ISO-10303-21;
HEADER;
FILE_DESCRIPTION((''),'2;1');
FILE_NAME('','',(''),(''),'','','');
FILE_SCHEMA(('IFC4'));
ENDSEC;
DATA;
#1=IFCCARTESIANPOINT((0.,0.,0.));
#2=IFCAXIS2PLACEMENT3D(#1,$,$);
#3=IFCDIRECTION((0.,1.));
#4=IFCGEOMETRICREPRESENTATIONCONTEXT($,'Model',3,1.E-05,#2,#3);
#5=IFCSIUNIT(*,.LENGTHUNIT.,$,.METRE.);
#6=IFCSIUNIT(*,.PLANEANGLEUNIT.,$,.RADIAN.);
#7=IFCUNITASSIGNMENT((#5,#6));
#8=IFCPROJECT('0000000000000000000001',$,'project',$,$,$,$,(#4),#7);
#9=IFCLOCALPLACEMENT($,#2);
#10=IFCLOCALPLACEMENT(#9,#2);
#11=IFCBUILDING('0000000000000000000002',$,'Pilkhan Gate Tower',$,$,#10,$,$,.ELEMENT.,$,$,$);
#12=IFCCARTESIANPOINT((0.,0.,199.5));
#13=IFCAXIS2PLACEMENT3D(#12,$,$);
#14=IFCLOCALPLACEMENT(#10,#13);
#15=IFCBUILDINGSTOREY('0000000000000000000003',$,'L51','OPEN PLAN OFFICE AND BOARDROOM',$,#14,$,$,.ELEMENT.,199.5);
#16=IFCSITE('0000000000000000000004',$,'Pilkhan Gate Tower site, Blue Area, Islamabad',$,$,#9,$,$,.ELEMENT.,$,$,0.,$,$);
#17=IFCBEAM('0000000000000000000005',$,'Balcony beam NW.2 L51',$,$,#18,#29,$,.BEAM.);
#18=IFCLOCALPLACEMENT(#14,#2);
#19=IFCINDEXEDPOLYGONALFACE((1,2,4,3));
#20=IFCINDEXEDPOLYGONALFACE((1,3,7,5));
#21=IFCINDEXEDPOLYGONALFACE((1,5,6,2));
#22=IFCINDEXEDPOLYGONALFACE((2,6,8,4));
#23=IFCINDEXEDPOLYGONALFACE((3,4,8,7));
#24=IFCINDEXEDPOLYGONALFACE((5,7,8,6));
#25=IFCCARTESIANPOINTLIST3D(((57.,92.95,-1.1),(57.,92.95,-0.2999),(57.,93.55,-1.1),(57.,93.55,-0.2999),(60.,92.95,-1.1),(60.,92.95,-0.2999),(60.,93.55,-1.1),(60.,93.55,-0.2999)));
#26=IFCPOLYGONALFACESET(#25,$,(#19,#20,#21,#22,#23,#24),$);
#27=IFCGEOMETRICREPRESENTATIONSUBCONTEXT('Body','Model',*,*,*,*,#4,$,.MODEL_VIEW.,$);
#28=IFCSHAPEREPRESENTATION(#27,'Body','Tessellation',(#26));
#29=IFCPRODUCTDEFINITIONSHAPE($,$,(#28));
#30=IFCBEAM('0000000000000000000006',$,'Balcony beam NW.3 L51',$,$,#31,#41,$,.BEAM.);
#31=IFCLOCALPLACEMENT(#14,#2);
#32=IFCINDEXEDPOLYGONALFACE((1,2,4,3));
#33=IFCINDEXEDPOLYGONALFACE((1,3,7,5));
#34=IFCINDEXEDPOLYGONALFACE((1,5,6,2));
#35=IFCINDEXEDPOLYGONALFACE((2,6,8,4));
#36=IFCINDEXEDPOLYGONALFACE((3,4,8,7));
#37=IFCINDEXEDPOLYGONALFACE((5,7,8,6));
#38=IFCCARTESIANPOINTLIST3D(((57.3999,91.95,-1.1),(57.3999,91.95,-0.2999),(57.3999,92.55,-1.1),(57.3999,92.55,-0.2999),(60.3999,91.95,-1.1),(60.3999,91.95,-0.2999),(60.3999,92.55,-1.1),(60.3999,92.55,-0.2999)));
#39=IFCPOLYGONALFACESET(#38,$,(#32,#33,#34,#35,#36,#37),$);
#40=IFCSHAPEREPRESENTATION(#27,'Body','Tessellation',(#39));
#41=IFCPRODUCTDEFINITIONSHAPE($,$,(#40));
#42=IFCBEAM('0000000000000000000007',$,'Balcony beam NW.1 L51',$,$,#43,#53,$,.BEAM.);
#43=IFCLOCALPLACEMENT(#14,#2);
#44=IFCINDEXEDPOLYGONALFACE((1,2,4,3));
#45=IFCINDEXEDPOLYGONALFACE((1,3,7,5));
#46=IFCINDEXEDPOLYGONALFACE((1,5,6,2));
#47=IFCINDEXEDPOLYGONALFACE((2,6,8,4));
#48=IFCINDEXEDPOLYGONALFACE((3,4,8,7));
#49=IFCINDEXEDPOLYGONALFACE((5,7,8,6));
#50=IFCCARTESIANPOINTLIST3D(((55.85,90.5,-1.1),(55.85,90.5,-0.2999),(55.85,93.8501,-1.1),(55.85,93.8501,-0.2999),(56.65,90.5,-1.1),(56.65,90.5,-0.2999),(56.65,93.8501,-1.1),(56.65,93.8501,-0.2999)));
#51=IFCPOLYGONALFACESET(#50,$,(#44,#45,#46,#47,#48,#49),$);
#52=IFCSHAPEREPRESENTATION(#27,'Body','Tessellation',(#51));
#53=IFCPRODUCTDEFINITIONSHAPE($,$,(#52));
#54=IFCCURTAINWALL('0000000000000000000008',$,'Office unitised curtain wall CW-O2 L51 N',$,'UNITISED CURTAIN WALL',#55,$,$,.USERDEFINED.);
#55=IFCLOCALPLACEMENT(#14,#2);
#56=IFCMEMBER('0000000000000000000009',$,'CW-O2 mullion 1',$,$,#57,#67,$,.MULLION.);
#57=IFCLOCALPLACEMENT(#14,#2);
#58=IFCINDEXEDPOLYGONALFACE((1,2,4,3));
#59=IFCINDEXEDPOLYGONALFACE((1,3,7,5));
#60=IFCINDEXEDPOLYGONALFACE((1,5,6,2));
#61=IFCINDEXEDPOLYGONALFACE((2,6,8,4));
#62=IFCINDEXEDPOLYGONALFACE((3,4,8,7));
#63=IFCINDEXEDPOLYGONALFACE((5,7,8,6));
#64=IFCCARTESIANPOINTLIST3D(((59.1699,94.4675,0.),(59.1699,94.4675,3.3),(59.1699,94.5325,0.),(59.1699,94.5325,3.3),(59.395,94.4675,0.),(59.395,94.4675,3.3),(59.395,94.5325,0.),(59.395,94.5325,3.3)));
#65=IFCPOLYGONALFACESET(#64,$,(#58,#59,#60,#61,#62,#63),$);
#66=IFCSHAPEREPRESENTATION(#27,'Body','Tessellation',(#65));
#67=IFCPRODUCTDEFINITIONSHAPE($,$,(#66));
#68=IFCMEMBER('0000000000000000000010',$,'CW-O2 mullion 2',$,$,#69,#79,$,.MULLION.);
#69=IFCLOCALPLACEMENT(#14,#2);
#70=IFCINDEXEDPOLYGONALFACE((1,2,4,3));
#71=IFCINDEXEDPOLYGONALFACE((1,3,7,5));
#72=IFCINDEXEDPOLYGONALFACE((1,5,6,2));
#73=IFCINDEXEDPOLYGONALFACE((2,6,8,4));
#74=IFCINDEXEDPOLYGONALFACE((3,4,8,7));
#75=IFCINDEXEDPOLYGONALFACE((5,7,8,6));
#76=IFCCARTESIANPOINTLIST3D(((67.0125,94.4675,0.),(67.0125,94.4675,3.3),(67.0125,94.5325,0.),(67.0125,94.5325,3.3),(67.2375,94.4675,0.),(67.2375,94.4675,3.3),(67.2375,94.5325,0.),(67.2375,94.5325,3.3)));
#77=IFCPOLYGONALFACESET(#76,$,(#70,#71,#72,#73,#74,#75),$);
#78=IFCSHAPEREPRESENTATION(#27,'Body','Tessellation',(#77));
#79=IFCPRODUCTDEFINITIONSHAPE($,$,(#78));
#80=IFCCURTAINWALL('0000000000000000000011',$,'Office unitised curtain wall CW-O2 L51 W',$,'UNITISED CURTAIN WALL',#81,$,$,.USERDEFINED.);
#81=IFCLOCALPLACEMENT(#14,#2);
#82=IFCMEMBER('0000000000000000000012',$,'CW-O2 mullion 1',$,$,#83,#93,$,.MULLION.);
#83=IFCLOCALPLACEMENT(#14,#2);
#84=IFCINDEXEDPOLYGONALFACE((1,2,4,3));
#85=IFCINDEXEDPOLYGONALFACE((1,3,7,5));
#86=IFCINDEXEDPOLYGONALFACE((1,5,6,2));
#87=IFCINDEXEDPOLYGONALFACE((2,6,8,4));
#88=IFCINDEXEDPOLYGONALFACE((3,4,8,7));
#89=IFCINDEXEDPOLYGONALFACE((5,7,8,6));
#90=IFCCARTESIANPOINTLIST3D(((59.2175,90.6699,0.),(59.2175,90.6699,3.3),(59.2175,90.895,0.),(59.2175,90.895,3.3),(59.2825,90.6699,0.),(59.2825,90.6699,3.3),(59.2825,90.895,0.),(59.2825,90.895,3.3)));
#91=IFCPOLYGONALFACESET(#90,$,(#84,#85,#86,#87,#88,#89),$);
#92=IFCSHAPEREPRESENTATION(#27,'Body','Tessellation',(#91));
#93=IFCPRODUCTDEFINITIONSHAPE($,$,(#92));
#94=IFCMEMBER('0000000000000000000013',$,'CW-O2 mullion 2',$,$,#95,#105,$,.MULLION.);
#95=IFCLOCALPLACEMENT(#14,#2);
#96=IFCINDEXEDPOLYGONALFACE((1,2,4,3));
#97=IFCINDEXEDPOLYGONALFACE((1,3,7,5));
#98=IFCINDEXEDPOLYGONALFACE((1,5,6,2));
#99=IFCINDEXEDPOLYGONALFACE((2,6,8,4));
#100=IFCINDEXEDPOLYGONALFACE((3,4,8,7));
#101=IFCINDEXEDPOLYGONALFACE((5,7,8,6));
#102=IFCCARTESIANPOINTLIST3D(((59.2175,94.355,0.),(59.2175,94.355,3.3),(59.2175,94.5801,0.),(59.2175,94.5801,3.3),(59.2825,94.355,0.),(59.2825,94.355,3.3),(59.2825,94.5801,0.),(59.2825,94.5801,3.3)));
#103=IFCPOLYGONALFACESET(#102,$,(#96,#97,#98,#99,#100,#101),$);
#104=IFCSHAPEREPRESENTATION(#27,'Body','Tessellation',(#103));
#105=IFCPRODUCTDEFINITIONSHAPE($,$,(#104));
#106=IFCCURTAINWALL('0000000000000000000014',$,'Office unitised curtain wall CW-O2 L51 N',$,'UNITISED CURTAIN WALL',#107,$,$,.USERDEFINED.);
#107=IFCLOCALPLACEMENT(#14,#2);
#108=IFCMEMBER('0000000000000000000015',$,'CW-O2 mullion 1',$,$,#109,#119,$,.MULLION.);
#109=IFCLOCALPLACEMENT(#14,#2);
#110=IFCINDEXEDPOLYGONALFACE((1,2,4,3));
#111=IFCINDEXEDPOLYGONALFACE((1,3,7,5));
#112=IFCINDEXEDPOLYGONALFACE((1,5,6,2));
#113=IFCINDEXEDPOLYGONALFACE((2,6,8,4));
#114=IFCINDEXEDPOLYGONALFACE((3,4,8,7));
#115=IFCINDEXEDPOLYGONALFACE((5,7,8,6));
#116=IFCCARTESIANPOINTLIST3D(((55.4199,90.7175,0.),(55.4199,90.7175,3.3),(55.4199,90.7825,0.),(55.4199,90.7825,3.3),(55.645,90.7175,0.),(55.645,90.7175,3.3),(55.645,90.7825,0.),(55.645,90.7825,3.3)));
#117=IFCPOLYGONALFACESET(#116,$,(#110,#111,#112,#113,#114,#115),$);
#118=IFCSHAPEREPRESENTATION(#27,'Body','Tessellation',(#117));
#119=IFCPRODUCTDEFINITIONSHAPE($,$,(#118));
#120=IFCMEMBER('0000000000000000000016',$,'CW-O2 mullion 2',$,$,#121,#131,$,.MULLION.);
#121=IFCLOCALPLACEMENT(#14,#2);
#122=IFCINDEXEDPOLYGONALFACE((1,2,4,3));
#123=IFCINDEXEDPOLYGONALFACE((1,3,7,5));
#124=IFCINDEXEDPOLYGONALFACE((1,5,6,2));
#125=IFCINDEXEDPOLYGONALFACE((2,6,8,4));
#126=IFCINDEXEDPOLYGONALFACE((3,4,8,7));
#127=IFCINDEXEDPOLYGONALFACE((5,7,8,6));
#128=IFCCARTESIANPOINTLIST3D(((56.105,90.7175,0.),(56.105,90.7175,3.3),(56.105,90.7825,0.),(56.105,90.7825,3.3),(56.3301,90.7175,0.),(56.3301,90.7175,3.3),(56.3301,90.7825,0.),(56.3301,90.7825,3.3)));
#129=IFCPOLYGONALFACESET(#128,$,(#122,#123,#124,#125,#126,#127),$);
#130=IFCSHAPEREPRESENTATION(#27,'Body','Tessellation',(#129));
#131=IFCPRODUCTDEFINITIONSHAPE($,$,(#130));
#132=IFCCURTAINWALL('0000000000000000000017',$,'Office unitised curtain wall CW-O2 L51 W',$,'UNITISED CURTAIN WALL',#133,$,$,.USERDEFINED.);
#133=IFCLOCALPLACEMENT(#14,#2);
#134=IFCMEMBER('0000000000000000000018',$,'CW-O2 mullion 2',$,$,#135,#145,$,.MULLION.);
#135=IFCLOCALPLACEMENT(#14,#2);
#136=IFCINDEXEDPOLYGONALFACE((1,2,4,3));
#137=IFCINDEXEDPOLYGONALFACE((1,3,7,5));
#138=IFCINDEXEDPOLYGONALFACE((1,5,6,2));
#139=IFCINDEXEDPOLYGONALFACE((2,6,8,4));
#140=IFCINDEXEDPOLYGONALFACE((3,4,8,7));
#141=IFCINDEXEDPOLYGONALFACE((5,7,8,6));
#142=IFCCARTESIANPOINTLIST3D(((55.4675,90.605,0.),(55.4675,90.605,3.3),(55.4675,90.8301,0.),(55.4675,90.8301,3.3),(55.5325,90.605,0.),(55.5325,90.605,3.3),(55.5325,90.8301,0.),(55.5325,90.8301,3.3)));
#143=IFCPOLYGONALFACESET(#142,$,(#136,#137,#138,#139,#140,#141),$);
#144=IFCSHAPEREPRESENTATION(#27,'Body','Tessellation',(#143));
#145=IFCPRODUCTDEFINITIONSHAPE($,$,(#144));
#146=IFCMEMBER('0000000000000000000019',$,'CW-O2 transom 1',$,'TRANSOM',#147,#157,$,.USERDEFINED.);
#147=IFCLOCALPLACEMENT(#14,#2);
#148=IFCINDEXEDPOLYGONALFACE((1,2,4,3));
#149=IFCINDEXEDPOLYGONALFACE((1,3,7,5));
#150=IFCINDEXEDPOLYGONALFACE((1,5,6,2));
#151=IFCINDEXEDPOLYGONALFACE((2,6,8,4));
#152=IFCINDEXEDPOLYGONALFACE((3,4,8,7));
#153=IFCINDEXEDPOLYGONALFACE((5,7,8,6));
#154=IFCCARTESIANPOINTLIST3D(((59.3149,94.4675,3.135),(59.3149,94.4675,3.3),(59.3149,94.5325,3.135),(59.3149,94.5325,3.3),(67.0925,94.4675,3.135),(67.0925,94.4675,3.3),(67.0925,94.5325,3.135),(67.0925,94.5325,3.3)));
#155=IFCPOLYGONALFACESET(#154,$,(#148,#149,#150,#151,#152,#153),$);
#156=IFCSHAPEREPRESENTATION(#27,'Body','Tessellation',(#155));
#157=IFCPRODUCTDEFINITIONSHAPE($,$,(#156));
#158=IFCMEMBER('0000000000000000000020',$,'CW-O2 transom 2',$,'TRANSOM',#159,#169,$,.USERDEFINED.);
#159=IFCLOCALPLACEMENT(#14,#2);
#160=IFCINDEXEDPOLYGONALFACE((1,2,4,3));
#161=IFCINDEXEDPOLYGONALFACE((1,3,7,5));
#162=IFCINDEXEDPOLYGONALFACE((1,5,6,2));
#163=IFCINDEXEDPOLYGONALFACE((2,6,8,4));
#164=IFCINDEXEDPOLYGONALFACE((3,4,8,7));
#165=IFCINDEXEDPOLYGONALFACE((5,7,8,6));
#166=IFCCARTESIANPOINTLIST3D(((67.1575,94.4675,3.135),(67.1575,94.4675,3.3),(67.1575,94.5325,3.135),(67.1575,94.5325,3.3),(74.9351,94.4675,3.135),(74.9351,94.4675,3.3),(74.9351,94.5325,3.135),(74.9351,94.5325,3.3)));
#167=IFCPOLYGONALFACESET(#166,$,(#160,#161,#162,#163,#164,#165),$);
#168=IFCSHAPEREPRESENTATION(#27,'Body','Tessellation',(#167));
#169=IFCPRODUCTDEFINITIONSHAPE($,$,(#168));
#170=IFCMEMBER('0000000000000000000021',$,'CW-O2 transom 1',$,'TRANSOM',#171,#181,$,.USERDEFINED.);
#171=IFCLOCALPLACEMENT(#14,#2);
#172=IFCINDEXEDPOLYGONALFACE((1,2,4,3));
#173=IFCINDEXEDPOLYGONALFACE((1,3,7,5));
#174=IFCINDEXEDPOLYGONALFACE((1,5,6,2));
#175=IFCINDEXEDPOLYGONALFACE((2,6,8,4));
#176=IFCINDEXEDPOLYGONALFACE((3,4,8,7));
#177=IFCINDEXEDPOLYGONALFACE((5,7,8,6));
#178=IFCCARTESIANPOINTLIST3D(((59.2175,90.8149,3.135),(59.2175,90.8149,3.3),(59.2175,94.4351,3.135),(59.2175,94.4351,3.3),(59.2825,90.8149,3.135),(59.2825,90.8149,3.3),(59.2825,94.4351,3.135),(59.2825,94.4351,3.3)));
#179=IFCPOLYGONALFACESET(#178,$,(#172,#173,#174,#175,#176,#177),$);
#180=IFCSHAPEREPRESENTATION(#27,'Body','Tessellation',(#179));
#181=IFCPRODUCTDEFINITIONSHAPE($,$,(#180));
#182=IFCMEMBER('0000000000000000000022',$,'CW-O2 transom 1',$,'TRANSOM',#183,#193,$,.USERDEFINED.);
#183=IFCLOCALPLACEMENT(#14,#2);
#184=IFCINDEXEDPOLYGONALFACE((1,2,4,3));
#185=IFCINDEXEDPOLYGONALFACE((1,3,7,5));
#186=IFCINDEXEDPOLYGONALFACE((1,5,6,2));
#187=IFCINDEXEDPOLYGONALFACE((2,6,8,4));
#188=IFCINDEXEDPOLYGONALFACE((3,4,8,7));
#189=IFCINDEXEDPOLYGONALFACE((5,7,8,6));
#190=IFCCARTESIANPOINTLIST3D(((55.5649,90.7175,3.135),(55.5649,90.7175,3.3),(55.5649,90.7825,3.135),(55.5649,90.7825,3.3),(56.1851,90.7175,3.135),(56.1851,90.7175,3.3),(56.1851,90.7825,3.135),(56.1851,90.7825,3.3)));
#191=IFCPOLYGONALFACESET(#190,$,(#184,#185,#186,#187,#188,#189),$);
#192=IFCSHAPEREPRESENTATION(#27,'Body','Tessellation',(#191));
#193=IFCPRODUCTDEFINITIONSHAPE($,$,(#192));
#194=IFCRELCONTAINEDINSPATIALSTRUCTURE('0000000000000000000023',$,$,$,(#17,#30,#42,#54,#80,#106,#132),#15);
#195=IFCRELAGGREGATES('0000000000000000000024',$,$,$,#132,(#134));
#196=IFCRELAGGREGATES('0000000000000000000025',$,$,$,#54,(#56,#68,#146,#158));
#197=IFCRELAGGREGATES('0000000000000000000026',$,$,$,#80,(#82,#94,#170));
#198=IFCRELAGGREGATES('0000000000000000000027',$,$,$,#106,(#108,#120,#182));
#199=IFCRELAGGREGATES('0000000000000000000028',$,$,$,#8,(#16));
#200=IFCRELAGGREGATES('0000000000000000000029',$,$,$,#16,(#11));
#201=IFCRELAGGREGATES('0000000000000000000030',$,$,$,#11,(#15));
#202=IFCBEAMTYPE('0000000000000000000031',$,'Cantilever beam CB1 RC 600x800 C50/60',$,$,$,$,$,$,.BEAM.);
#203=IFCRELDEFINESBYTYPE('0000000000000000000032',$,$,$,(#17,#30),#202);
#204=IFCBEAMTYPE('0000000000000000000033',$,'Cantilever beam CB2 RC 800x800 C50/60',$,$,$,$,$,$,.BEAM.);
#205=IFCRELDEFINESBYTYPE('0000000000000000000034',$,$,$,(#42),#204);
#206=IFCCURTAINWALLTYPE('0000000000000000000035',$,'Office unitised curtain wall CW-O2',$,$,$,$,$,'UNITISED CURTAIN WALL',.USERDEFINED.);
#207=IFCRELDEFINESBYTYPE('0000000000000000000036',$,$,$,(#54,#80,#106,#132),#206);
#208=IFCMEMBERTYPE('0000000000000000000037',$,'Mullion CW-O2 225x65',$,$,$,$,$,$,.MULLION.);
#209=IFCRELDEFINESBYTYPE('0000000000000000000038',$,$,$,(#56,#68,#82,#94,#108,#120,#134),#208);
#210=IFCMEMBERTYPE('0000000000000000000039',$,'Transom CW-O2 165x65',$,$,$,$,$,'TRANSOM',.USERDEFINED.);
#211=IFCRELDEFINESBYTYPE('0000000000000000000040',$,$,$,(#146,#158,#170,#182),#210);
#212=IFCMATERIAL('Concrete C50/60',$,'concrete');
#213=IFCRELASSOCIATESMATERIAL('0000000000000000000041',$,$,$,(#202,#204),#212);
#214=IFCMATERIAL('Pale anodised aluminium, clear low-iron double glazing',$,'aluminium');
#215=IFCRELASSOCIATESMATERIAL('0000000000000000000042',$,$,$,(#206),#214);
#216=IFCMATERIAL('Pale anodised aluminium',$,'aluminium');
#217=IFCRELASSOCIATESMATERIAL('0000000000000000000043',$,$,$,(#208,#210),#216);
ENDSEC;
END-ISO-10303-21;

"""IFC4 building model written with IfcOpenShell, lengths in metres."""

from ifc_helpers import new_model, si_unit, direction, frame, origin, origin_2d, place, context, subcontext, project, spatial, rectangle, extrude, material, material_profile, profile_set, type_object, element, aggregate, save


model = new_model("IFC4")

# Units and contexts
model_context = context("Model", 3, precision=1e-05, world=origin(), true_north=direction((0.0, 1.0)))
body_context = subcontext(model_context, "Body", "Model", "MODEL_VIEW")
ifc_project = project(units=[si_unit("LENGTHUNIT", "METRE"), si_unit("PLANEANGLEUNIT", "RADIAN")], contexts=[model_context])

# Site, building, storey
site_placement = place(None, origin())
site = spatial("IfcSite", under=ifc_project, at=site_placement, Name="Pilkhan Gate Tower site, Blue Area, Islamabad", CompositionType="ELEMENT", RefElevation=0.0)
building_placement = place(site_placement, origin())
building = spatial("IfcBuilding", under=site, at=building_placement, Name="Pilkhan Gate Tower", CompositionType="ELEMENT")
storey_placement = place(building_placement, frame((0.0, 0.0, 199.5)))
storey = spatial("IfcBuildingStorey", under=building, at=storey_placement, Name="L51", Description="OPEN PLAN OFFICE AND BOARDROOM", CompositionType="ELEMENT", Elevation=199.5)

# Beams
ifc_material_1 = material(Name="Concrete C50/60", Category="concrete")
ifc_material_profile_1 = material_profile(ifc_material_1, rectangle(XDim=0.6001, YDim=0.8, at=origin_2d()), Name="RC 600x800")
ifc_profile_set_1 = profile_set([ifc_material_profile_1], Name="Concrete C50/60")
beam_type_1 = type_object("IfcBeamType", Name="Cantilever beam CB1 RC 600x800 C50/60", PredefinedType="BEAM", material=ifc_profile_set_1)
for number, where, z_axis, x_axis, name in (
    (1, (60.0, 93.25, -0.7), (-1.0, 0.0, 0.0), (0.0, -1.0, 0.0), "Balcony beam NW.2 L51"),
    (2, (60.3999, 92.25, -0.7), (-1.0, 0.0, 0.0), (0.0, -1.0, 0.0), "Balcony beam NW.3 L51"),
):
    element("IfcBeam", number, at=place(storey_placement, frame(where, z_axis=z_axis, x_axis=x_axis)), inside=storey, type_object=beam_type_1, Name=name, PredefinedType="BEAM", context=body_context, shape_type="SweptSolid", body=[
        extrude(rectangle(XDim=0.6001, YDim=0.8, at=origin_2d()), origin(), (0.0, 0.0, 1.0), 3.0),
    ])
ifc_material_profile_2 = material_profile(ifc_material_1, rectangle(XDim=0.8, YDim=0.8, at=origin_2d()), Name="RC 800x800")
ifc_profile_set_2 = profile_set([ifc_material_profile_2], Name="Concrete C50/60")
beam_type_2 = type_object("IfcBeamType", Name="Cantilever beam CB2 RC 800x800 C50/60", PredefinedType="BEAM", material=ifc_profile_set_2)
beam_placement = place(storey_placement, frame((56.25, 90.5, -0.7), z_axis=(0.0, 1.0, 0.0), x_axis=(-1.0, 0.0, 0.0)))
element("IfcBeam", 3, at=beam_placement, inside=storey, type_object=beam_type_2, Name="Balcony beam NW.1 L51", PredefinedType="BEAM", context=body_context, shape_type="SweptSolid", body=[
    extrude(rectangle(XDim=0.8, YDim=0.8, at=origin_2d()), origin(), (0.0, 0.0, 1.0), 3.3501),
])

# Curtain walls, members
ifc_material_2 = material(Name="Pale anodised aluminium, clear low-iron double glazing", Category="aluminium")
curtain_wall_type = type_object("IfcCurtainWallType", Name="Office unitised curtain wall CW-O2", ElementType="UNITISED CURTAIN WALL", PredefinedType="USERDEFINED", material=ifc_material_2)
curtain_wall_1_placement = place(storey_placement, origin())
curtain_wall_1 = element("IfcCurtainWall", 4, at=curtain_wall_1_placement, inside=storey, type_object=curtain_wall_type, Name="Office unitised curtain wall CW-O2 L51 N", ObjectType="UNITISED CURTAIN WALL", PredefinedType="USERDEFINED")
ifc_material_3 = material(Name="Pale anodised aluminium", Category="aluminium")
ifc_material_profile_3 = material_profile(ifc_material_3, rectangle(XDim=0.0649, YDim=0.2251, at=origin_2d()), Name="Mullion 225x65")
ifc_profile_set_3 = profile_set([ifc_material_profile_3], Name="Pale anodised aluminium")
member_type_1 = type_object("IfcMemberType", Name="Mullion CW-O2 225x65", PredefinedType="MULLION", material=ifc_profile_set_3)
member_1_placement = place(storey_placement, frame((59.2825, 94.5, 0.0), z_axis=(0.0, 0.0, 1.0), x_axis=(0.0, 1.0, 0.0)))
member_1 = element("IfcMember", 5, at=member_1_placement, type_object=member_type_1, Name="CW-O2 mullion 1", PredefinedType="MULLION", context=body_context, shape_type="SweptSolid", body=[
    extrude(rectangle(XDim=0.0649, YDim=0.2251, at=origin_2d()), origin(), (0.0, 0.0, 1.0), 3.3),
])
member_2_placement = place(storey_placement, frame((67.125, 94.5, 0.0), z_axis=(0.0, 0.0, 1.0), x_axis=(0.0, 1.0, 0.0)))
member_2 = element("IfcMember", 6, at=member_2_placement, type_object=member_type_1, Name="CW-O2 mullion 2", PredefinedType="MULLION", context=body_context, shape_type="SweptSolid", body=[
    extrude(rectangle(XDim=0.0649, YDim=0.2251, at=origin_2d()), origin(), (0.0, 0.0, 1.0), 3.3),
])
curtain_wall_2_placement = place(storey_placement, origin())
curtain_wall_2 = element("IfcCurtainWall", 7, at=curtain_wall_2_placement, inside=storey, type_object=curtain_wall_type, Name="Office unitised curtain wall CW-O2 L51 W", ObjectType="UNITISED CURTAIN WALL", PredefinedType="USERDEFINED")
member_3_placement = place(storey_placement, frame((59.25, 90.7825, 0.0), z_axis=(0.0, 0.0, 1.0), x_axis=(-1.0, 0.0, 0.0)))
member_3 = element("IfcMember", 8, at=member_3_placement, type_object=member_type_1, Name="CW-O2 mullion 1", PredefinedType="MULLION", context=body_context, shape_type="SweptSolid", body=[
    extrude(rectangle(XDim=0.0649, YDim=0.2251, at=origin_2d()), origin(), (0.0, 0.0, 1.0), 3.3),
])
member_4_placement = place(storey_placement, frame((59.25, 94.4675, 0.0), z_axis=(0.0, 0.0, 1.0), x_axis=(-1.0, 0.0, 0.0)))
member_4 = element("IfcMember", 9, at=member_4_placement, type_object=member_type_1, Name="CW-O2 mullion 2", PredefinedType="MULLION", context=body_context, shape_type="SweptSolid", body=[
    extrude(rectangle(XDim=0.0649, YDim=0.2251, at=origin_2d()), origin(), (0.0, 0.0, 1.0), 3.3),
])
curtain_wall_3_placement = place(storey_placement, origin())
curtain_wall_3 = element("IfcCurtainWall", 10, at=curtain_wall_3_placement, inside=storey, type_object=curtain_wall_type, Name="Office unitised curtain wall CW-O2 L51 N", ObjectType="UNITISED CURTAIN WALL", PredefinedType="USERDEFINED")
member_5_placement = place(storey_placement, frame((55.5325, 90.75, 0.0), z_axis=(0.0, 0.0, 1.0), x_axis=(0.0, 1.0, 0.0)))
member_5 = element("IfcMember", 11, at=member_5_placement, type_object=member_type_1, Name="CW-O2 mullion 1", PredefinedType="MULLION", context=body_context, shape_type="SweptSolid", body=[
    extrude(rectangle(XDim=0.0649, YDim=0.2251, at=origin_2d()), origin(), (0.0, 0.0, 1.0), 3.3),
])
member_6_placement = place(storey_placement, frame((56.2175, 90.75, 0.0), z_axis=(0.0, 0.0, 1.0), x_axis=(0.0, 1.0, 0.0)))
member_6 = element("IfcMember", 12, at=member_6_placement, type_object=member_type_1, Name="CW-O2 mullion 2", PredefinedType="MULLION", context=body_context, shape_type="SweptSolid", body=[
    extrude(rectangle(XDim=0.0649, YDim=0.2251, at=origin_2d()), origin(), (0.0, 0.0, 1.0), 3.3),
])

# Curtain wall, member
curtain_wall_4_placement = place(storey_placement, origin())
curtain_wall_4 = element("IfcCurtainWall", 13, at=curtain_wall_4_placement, inside=storey, type_object=curtain_wall_type, Name="Office unitised curtain wall CW-O2 L51 W", ObjectType="UNITISED CURTAIN WALL", PredefinedType="USERDEFINED")
member_7_placement = place(storey_placement, frame((55.5, 90.7175, 0.0), z_axis=(0.0, 0.0, 1.0), x_axis=(-1.0, 0.0, 0.0)))
member_7 = element("IfcMember", 14, at=member_7_placement, type_object=member_type_1, Name="CW-O2 mullion 2", PredefinedType="MULLION", context=body_context, shape_type="SweptSolid", body=[
    extrude(rectangle(XDim=0.0649, YDim=0.2251, at=origin_2d()), origin(), (0.0, 0.0, 1.0), 3.3),
])
aggregate(curtain_wall_4, [member_7])

# Members
ifc_material_profile_4 = material_profile(ifc_material_3, rectangle(XDim=0.0649, YDim=0.165, at=origin_2d()), Name="Transom 165x65")
ifc_profile_set_4 = profile_set([ifc_material_profile_4], Name="Pale anodised aluminium")
member_type_2 = type_object("IfcMemberType", Name="Transom CW-O2 165x65", ElementType="TRANSOM", PredefinedType="USERDEFINED", material=ifc_profile_set_4)
member_8_placement = place(storey_placement, frame((59.3149, 94.5, 3.2175), z_axis=(1.0, 0.0, 0.0), x_axis=(0.0, 1.0, 0.0)))
member_8 = element("IfcMember", 15, at=member_8_placement, type_object=member_type_2, Name="CW-O2 transom 1", ObjectType="TRANSOM", PredefinedType="USERDEFINED", context=body_context, shape_type="SweptSolid", body=[
    extrude(rectangle(XDim=0.0649, YDim=0.165, at=origin_2d()), origin(), (0.0, 0.0, 1.0), 7.7776),
])
member_9_placement = place(storey_placement, frame((67.1575, 94.5, 3.2175), z_axis=(1.0, 0.0, 0.0), x_axis=(0.0, 1.0, 0.0)))
member_9 = element("IfcMember", 16, at=member_9_placement, type_object=member_type_2, Name="CW-O2 transom 2", ObjectType="TRANSOM", PredefinedType="USERDEFINED", context=body_context, shape_type="SweptSolid", body=[
    extrude(rectangle(XDim=0.0649, YDim=0.165, at=origin_2d()), origin(), (0.0, 0.0, 1.0), 7.7776),
])
member_10_placement = place(storey_placement, frame((59.25, 90.8149, 3.2175), z_axis=(0.0, 1.0, 0.0), x_axis=(-1.0, 0.0, 0.0)))
member_10 = element("IfcMember", 17, at=member_10_placement, type_object=member_type_2, Name="CW-O2 transom 1", ObjectType="TRANSOM", PredefinedType="USERDEFINED", context=body_context, shape_type="SweptSolid", body=[
    extrude(rectangle(XDim=0.0649, YDim=0.165, at=origin_2d()), origin(), (0.0, 0.0, 1.0), 3.6201),
])
member_11_placement = place(storey_placement, frame((55.5649, 90.75, 3.2175), z_axis=(1.0, 0.0, 0.0), x_axis=(0.0, 1.0, 0.0)))
member_11 = element("IfcMember", 18, at=member_11_placement, type_object=member_type_2, Name="CW-O2 transom 1", ObjectType="TRANSOM", PredefinedType="USERDEFINED", context=body_context, shape_type="SweptSolid", body=[
    extrude(rectangle(XDim=0.0649, YDim=0.165, at=origin_2d()), origin(), (0.0, 0.0, 1.0), 0.6201),
])

aggregate(curtain_wall_1, [member_1, member_2, member_8, member_9])
aggregate(curtain_wall_2, [member_3, member_4, member_10])
aggregate(curtain_wall_3, [member_5, member_6, member_11])

save(model, "model.ifc")
